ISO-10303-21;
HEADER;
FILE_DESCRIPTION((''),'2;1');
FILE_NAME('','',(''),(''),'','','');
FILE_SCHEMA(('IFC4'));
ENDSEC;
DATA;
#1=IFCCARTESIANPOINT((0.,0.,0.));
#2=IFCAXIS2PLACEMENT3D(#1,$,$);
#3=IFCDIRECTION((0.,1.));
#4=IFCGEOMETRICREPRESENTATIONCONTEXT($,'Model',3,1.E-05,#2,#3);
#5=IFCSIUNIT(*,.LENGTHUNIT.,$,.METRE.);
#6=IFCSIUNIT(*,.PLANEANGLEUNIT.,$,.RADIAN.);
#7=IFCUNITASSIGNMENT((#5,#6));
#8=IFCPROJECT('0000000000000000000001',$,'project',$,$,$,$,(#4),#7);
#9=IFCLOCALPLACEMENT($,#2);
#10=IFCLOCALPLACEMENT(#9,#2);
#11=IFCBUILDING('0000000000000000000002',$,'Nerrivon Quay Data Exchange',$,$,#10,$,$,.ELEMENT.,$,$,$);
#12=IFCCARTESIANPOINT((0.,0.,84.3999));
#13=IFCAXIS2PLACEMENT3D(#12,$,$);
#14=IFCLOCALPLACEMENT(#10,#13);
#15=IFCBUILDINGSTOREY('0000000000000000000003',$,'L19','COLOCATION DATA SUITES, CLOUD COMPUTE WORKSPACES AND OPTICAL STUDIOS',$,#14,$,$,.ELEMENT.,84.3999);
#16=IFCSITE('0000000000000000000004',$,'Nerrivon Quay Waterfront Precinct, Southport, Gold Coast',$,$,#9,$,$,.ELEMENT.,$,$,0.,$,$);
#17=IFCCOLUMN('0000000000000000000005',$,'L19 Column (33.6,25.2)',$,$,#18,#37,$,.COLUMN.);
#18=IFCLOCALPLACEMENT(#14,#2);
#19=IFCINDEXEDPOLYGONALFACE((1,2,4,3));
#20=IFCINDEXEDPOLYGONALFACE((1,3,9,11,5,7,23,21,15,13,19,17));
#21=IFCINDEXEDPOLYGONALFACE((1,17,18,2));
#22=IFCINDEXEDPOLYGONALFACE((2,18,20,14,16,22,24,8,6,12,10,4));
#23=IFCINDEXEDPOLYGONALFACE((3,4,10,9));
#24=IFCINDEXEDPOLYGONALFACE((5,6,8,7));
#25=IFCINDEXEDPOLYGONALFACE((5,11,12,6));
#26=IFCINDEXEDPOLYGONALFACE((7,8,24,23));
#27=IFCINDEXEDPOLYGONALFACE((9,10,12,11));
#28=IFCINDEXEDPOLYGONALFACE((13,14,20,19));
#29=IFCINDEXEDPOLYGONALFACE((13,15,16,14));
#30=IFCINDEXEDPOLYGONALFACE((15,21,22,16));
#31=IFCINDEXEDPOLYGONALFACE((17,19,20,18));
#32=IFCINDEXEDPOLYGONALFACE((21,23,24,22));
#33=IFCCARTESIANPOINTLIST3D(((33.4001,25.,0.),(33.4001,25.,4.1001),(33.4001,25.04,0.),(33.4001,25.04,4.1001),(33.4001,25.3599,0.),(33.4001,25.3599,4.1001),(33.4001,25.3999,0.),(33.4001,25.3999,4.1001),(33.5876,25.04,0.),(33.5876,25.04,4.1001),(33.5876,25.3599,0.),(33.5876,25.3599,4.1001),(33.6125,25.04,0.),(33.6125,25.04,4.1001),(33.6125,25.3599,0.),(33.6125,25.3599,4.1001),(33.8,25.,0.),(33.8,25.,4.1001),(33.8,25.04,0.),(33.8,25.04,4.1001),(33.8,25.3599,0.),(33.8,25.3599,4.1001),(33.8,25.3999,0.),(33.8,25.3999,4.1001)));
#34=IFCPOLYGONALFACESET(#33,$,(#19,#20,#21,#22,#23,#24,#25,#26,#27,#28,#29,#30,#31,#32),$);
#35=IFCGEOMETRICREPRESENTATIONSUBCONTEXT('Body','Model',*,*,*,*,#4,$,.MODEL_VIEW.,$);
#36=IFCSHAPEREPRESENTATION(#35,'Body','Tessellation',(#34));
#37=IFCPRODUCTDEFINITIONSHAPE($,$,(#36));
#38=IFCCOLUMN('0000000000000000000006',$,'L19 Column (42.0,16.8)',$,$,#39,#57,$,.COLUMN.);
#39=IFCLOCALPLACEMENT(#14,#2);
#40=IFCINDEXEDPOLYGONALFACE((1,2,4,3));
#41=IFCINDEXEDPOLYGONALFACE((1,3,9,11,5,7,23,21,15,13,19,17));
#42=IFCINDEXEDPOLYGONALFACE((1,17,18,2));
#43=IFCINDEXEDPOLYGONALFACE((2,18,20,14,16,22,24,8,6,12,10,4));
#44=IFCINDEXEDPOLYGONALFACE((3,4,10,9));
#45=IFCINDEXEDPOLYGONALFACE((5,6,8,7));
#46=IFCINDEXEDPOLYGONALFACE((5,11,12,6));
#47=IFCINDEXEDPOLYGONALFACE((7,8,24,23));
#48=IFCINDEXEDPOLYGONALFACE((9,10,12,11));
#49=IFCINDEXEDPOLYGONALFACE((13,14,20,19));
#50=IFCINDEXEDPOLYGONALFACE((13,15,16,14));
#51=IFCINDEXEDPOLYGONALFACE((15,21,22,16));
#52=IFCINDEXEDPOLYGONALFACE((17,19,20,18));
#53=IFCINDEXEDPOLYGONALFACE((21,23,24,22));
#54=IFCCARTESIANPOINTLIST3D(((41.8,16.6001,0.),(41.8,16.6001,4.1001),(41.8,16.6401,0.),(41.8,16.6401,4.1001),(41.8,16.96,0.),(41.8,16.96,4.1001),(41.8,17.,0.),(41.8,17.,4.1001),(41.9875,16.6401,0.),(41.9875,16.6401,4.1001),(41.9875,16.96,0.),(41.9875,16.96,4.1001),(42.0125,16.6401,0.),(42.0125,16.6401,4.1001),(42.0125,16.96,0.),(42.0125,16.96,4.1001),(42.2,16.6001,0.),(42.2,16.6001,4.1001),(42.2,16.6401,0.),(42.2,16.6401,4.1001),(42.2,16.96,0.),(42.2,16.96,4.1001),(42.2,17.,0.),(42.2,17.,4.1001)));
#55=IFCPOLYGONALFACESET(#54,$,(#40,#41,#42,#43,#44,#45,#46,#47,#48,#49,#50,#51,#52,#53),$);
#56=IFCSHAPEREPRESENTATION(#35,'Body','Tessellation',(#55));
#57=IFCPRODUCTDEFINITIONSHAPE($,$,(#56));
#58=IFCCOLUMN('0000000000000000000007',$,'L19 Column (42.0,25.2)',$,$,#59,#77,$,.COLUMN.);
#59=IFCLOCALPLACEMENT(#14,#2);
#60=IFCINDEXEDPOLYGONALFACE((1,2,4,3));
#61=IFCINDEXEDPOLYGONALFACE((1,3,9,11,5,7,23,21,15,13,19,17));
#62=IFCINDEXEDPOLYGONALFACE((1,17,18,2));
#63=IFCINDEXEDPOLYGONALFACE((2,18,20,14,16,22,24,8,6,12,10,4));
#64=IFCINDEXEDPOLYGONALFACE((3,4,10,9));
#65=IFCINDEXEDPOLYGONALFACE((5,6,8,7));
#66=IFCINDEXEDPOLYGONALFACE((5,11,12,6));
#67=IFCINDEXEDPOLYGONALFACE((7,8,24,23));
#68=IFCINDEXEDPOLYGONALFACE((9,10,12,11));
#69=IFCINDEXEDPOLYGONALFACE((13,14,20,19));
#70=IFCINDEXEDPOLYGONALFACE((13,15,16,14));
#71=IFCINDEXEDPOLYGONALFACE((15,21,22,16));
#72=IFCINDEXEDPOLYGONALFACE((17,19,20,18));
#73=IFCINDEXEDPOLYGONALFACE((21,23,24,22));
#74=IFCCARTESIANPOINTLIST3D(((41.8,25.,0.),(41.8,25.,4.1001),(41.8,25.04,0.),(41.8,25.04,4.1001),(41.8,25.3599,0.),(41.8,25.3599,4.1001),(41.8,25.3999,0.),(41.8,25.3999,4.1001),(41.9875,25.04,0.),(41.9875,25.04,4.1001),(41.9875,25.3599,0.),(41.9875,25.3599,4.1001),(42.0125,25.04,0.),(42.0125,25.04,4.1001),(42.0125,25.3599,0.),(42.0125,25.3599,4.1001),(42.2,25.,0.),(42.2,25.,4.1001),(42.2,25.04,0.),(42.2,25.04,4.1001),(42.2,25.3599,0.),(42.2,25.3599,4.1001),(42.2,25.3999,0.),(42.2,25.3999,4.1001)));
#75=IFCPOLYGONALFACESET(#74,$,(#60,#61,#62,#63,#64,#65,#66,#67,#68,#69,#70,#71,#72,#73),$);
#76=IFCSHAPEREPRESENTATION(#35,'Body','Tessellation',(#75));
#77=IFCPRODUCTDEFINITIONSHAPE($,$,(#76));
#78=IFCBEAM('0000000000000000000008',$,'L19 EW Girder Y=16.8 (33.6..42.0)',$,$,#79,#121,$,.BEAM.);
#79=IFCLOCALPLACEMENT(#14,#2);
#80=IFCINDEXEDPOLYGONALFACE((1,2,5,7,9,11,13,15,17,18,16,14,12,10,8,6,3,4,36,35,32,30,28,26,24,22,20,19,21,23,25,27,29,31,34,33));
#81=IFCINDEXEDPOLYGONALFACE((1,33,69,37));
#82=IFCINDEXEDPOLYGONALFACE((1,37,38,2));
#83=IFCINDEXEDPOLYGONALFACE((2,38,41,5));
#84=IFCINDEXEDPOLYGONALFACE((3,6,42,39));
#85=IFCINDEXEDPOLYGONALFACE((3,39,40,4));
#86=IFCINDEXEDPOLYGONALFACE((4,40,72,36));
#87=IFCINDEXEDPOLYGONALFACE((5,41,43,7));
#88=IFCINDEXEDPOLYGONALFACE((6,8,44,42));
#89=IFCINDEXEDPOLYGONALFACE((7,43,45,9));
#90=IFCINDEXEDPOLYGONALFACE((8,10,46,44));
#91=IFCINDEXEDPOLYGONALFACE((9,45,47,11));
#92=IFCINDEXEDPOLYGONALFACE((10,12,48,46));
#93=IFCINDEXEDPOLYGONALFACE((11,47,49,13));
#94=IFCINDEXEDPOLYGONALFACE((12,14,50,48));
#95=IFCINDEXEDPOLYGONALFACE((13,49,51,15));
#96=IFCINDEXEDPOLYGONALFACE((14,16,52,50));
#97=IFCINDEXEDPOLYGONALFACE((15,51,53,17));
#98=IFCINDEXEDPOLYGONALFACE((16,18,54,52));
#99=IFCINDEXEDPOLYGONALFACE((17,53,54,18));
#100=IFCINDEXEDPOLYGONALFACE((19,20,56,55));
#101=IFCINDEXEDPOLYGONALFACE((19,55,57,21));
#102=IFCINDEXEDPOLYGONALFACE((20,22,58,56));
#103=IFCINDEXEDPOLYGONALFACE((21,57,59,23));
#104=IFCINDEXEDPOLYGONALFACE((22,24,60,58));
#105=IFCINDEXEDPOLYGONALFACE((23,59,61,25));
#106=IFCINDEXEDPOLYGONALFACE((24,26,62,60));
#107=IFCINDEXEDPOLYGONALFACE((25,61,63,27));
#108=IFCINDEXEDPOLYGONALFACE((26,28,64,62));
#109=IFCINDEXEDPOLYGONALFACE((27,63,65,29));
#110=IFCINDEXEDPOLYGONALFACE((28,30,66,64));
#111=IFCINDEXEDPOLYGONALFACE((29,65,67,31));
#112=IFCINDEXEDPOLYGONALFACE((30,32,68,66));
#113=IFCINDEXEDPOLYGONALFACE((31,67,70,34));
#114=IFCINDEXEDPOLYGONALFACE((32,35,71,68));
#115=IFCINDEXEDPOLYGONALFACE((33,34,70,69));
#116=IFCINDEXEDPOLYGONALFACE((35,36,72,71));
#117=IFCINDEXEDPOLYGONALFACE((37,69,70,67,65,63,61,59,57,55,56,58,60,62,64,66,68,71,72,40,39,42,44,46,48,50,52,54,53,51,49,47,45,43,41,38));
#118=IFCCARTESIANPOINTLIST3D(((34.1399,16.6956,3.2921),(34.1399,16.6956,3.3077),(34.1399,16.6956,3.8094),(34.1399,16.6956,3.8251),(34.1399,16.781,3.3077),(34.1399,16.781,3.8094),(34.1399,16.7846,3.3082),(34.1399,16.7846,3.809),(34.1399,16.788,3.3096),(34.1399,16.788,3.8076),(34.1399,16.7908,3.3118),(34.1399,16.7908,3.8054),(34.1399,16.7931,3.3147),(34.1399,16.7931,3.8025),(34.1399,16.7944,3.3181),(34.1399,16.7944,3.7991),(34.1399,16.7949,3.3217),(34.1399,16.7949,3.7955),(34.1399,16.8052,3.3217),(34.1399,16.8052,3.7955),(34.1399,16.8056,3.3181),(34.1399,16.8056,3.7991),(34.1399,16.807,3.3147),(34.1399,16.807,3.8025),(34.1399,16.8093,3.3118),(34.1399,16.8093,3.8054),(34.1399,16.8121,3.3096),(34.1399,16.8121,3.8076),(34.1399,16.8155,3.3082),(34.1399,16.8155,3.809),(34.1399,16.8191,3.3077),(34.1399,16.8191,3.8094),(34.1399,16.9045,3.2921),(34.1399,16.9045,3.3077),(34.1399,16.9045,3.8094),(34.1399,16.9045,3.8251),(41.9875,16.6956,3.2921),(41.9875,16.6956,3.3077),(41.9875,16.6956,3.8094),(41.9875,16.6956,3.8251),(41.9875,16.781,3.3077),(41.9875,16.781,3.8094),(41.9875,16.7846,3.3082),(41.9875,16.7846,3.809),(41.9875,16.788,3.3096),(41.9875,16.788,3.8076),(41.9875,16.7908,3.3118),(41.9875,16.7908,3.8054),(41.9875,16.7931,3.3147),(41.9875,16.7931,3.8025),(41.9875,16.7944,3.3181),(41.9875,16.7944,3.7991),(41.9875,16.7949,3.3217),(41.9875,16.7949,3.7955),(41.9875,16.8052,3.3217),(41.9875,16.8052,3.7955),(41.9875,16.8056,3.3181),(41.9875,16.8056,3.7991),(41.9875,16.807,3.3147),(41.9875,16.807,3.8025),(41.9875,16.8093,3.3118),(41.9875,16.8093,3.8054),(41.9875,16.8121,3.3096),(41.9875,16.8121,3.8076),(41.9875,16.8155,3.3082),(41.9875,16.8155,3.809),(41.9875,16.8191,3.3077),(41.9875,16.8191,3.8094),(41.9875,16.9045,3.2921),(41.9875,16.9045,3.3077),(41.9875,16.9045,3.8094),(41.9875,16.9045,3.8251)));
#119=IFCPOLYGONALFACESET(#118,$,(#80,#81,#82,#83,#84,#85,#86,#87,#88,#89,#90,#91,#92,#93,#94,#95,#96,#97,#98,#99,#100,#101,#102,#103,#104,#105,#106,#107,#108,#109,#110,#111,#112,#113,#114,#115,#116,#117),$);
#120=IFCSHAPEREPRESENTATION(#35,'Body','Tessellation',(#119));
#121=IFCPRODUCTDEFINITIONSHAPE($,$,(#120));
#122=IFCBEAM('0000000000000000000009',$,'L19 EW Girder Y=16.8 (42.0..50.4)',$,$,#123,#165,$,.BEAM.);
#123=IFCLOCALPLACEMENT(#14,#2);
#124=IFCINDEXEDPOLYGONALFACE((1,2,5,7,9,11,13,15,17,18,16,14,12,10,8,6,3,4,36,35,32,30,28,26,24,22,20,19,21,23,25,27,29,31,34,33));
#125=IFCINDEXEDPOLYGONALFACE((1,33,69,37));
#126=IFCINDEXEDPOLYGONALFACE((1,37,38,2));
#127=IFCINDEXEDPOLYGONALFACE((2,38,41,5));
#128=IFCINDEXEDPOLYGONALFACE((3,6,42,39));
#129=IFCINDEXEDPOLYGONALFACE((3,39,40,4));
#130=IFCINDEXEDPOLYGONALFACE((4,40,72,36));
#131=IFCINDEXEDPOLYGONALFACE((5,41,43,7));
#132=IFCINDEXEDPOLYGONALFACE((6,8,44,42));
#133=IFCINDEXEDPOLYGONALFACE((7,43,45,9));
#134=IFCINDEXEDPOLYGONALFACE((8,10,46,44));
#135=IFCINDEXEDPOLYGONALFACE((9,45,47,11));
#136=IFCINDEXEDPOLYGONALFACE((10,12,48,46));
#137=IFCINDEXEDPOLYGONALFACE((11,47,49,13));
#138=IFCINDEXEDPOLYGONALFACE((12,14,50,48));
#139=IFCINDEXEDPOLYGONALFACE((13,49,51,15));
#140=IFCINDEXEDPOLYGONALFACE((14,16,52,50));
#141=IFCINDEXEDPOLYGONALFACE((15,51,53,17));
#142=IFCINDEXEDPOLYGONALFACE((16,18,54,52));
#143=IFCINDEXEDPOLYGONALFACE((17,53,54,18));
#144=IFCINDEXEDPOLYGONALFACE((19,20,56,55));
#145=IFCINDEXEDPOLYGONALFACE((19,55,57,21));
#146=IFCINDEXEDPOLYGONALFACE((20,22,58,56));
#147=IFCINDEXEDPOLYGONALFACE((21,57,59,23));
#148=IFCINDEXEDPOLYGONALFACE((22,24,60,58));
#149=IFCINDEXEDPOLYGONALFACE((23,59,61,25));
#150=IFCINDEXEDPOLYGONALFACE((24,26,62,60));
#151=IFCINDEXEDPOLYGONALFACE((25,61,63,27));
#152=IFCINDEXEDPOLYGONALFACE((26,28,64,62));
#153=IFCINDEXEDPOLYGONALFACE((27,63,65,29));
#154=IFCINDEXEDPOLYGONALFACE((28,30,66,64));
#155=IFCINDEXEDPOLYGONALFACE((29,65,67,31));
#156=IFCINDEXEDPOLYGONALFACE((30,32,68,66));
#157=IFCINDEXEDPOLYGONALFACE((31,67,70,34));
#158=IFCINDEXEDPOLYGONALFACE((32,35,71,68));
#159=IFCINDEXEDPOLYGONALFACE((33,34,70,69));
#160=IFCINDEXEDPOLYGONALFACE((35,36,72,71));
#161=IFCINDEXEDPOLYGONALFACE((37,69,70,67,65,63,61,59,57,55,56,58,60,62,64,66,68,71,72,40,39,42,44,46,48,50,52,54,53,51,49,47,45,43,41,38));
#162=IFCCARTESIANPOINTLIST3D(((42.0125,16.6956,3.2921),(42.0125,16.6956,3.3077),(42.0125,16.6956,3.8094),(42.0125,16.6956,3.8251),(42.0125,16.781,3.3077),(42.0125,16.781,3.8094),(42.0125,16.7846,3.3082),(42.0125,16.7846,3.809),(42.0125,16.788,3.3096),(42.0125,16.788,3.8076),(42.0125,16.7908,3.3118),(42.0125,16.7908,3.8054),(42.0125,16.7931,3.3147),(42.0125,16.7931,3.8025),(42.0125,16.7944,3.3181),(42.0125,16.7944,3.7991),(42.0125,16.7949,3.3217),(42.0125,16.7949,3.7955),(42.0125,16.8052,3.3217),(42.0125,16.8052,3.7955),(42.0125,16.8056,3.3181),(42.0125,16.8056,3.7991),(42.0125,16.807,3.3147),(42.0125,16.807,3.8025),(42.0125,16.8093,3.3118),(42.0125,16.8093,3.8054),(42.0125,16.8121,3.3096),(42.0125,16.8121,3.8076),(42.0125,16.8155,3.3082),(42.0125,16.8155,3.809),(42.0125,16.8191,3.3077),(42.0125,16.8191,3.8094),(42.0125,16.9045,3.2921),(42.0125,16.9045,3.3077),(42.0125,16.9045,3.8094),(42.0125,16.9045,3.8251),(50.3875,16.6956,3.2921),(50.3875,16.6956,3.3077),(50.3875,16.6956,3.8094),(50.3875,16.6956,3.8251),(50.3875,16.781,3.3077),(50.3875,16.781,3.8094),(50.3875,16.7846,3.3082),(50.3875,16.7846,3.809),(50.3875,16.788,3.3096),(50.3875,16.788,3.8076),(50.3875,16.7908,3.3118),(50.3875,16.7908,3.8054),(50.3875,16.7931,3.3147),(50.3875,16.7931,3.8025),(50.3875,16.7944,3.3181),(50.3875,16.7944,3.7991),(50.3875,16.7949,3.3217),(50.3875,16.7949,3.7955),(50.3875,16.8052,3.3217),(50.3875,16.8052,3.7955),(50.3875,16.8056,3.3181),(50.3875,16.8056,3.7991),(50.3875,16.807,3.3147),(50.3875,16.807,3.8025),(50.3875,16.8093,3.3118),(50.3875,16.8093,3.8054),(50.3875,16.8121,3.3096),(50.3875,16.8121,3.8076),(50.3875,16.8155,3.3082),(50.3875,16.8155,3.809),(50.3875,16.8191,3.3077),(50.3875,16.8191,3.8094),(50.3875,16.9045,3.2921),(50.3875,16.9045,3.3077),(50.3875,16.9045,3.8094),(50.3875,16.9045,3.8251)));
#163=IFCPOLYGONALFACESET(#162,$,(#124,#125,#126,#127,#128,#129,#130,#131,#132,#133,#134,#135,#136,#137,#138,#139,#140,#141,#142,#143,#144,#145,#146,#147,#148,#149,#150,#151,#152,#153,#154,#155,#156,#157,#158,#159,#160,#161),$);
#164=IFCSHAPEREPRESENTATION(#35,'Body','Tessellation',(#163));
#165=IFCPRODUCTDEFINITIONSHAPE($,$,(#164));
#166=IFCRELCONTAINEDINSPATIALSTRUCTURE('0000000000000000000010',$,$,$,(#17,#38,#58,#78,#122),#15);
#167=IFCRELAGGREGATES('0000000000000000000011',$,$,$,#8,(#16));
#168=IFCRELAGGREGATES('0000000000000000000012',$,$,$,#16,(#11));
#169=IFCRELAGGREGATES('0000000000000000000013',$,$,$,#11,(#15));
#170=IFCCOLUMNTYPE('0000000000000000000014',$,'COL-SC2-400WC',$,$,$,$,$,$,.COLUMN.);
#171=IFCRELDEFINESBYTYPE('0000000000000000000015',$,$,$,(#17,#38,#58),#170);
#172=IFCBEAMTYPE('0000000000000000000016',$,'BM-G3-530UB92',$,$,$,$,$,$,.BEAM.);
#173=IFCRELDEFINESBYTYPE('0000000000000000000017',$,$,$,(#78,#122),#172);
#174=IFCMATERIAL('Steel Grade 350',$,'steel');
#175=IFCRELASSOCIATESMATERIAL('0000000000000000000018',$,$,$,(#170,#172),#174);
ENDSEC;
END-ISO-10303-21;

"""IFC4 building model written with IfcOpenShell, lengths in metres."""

from ifc_helpers import new_model, si_unit, direction, frame, origin, origin_2d, place, context, subcontext, project, spatial, i_section, extrude, material, material_profile, profile_set, type_object, element, save


model = new_model("IFC4")

# Units and contexts
model_context = context("Model", 3, precision=1e-05, world=origin(), true_north=direction((0.0, 1.0)))
body_context = subcontext(model_context, "Body", "Model", "MODEL_VIEW")
ifc_project = project(units=[si_unit("LENGTHUNIT", "METRE"), si_unit("PLANEANGLEUNIT", "RADIAN")], contexts=[model_context])

# Site, building, storey
site_placement = place(None, origin())
site = spatial("IfcSite", under=ifc_project, at=site_placement, Name="Nerrivon Quay Waterfront Precinct, Southport, Gold Coast", CompositionType="ELEMENT", RefElevation=0.0)
building_placement = place(site_placement, origin())
building = spatial("IfcBuilding", under=site, at=building_placement, Name="Nerrivon Quay Data Exchange", CompositionType="ELEMENT")
storey_placement = place(building_placement, frame((0.0, 0.0, 84.3999)))
storey = spatial("IfcBuildingStorey", under=building, at=storey_placement, Name="L19", Description="COLOCATION DATA SUITES, CLOUD COMPUTE WORKSPACES AND OPTICAL STUDIOS", CompositionType="ELEMENT", Elevation=84.3999)

# Columns
ifc_material_1 = material(Name="Steel Grade 350", Category="steel")
ifc_material_profile_1 = material_profile(ifc_material_1, i_section(OverallWidth=0.3999, OverallDepth=0.3999, WebThickness=0.0249, FlangeThickness=0.04, at=origin_2d()), Name="400WC328")
ifc_profile_set_1 = profile_set([ifc_material_profile_1], Name="Steel Grade 350")
column_type = type_object("IfcColumnType", Name="COL-SC2-400WC", PredefinedType="COLUMN", material=ifc_profile_set_1)
for number, where, z_axis, x_axis, name in (
    (1, (33.6001, 25.2, 0.0), (0.0, 0.0, 1.0), (1.0, 0.0, 0.0), "L19 Column (33.6,25.2)"),
    (2, (42.0, 16.8, 0.0), (0.0, 0.0, 1.0), (1.0, 0.0, 0.0), "L19 Column (42.0,16.8)"),
    (3, (42.0, 25.2, 0.0), (0.0, 0.0, 1.0), (1.0, 0.0, 0.0), "L19 Column (42.0,25.2)"),
):
    element("IfcColumn", number, at=place(storey_placement, frame(where, z_axis=z_axis, x_axis=x_axis)), inside=storey, type_object=column_type, Name=name, PredefinedType="COLUMN", context=body_context, shape_type="SweptSolid", body=[
        extrude(i_section(OverallWidth=0.3999, OverallDepth=0.3999, WebThickness=0.0249, FlangeThickness=0.04, at=origin_2d()), origin(), (0.0, 0.0, 1.0), 4.1001),
    ])

# Beams
ifc_material_profile_2 = material_profile(ifc_material_1, i_section(OverallWidth=0.209, OverallDepth=0.533, WebThickness=0.0103, FlangeThickness=0.0156, FilletRadius=0.0139, at=origin_2d()), Name="530UB92.4")
ifc_profile_set_2 = profile_set([ifc_material_profile_2], Name="Steel Grade 350")
beam_type_1 = type_object("IfcBeamType", Name="BM-G3-530UB92", PredefinedType="BEAM", material=ifc_profile_set_2)
beam_1_placement = place(storey_placement, frame((34.1399, 16.8, 3.5586), z_axis=(1.0, 0.0, 0.0), x_axis=(0.0, 1.0, 0.0)))
element("IfcBeam", 4, at=beam_1_placement, inside=storey, type_object=beam_type_1, Name="L19 EW Girder Y=16.8 (33.6..42.0)", PredefinedType="BEAM", context=body_context, shape_type="SweptSolid", body=[
    extrude(i_section(OverallWidth=0.209, OverallDepth=0.533, WebThickness=0.0103, FlangeThickness=0.0156, FilletRadius=0.0139, at=origin_2d()), origin(), (0.0, 0.0, 1.0), 7.8477),
])
for number, where, z_axis, x_axis, name in (
    (5, (42.0125, 16.8, 3.5586), (1.0, 0.0, 0.0), (0.0, 1.0, 0.0), "L19 EW Girder Y=16.8 (42.0..50.4)"),
):
    element("IfcBeam", number, at=place(storey_placement, frame(where, z_axis=z_axis, x_axis=x_axis)), inside=storey, type_object=beam_type_1, Name=name, PredefinedType="BEAM", context=body_context, shape_type="SweptSolid", body=[
        extrude(i_section(OverallWidth=0.209, OverallDepth=0.533, WebThickness=0.0103, FlangeThickness=0.0156, FilletRadius=0.0139, at=origin_2d()), origin(), (0.0, 0.0, 1.0), 8.375),
    ])

save(model, "model.ifc")
